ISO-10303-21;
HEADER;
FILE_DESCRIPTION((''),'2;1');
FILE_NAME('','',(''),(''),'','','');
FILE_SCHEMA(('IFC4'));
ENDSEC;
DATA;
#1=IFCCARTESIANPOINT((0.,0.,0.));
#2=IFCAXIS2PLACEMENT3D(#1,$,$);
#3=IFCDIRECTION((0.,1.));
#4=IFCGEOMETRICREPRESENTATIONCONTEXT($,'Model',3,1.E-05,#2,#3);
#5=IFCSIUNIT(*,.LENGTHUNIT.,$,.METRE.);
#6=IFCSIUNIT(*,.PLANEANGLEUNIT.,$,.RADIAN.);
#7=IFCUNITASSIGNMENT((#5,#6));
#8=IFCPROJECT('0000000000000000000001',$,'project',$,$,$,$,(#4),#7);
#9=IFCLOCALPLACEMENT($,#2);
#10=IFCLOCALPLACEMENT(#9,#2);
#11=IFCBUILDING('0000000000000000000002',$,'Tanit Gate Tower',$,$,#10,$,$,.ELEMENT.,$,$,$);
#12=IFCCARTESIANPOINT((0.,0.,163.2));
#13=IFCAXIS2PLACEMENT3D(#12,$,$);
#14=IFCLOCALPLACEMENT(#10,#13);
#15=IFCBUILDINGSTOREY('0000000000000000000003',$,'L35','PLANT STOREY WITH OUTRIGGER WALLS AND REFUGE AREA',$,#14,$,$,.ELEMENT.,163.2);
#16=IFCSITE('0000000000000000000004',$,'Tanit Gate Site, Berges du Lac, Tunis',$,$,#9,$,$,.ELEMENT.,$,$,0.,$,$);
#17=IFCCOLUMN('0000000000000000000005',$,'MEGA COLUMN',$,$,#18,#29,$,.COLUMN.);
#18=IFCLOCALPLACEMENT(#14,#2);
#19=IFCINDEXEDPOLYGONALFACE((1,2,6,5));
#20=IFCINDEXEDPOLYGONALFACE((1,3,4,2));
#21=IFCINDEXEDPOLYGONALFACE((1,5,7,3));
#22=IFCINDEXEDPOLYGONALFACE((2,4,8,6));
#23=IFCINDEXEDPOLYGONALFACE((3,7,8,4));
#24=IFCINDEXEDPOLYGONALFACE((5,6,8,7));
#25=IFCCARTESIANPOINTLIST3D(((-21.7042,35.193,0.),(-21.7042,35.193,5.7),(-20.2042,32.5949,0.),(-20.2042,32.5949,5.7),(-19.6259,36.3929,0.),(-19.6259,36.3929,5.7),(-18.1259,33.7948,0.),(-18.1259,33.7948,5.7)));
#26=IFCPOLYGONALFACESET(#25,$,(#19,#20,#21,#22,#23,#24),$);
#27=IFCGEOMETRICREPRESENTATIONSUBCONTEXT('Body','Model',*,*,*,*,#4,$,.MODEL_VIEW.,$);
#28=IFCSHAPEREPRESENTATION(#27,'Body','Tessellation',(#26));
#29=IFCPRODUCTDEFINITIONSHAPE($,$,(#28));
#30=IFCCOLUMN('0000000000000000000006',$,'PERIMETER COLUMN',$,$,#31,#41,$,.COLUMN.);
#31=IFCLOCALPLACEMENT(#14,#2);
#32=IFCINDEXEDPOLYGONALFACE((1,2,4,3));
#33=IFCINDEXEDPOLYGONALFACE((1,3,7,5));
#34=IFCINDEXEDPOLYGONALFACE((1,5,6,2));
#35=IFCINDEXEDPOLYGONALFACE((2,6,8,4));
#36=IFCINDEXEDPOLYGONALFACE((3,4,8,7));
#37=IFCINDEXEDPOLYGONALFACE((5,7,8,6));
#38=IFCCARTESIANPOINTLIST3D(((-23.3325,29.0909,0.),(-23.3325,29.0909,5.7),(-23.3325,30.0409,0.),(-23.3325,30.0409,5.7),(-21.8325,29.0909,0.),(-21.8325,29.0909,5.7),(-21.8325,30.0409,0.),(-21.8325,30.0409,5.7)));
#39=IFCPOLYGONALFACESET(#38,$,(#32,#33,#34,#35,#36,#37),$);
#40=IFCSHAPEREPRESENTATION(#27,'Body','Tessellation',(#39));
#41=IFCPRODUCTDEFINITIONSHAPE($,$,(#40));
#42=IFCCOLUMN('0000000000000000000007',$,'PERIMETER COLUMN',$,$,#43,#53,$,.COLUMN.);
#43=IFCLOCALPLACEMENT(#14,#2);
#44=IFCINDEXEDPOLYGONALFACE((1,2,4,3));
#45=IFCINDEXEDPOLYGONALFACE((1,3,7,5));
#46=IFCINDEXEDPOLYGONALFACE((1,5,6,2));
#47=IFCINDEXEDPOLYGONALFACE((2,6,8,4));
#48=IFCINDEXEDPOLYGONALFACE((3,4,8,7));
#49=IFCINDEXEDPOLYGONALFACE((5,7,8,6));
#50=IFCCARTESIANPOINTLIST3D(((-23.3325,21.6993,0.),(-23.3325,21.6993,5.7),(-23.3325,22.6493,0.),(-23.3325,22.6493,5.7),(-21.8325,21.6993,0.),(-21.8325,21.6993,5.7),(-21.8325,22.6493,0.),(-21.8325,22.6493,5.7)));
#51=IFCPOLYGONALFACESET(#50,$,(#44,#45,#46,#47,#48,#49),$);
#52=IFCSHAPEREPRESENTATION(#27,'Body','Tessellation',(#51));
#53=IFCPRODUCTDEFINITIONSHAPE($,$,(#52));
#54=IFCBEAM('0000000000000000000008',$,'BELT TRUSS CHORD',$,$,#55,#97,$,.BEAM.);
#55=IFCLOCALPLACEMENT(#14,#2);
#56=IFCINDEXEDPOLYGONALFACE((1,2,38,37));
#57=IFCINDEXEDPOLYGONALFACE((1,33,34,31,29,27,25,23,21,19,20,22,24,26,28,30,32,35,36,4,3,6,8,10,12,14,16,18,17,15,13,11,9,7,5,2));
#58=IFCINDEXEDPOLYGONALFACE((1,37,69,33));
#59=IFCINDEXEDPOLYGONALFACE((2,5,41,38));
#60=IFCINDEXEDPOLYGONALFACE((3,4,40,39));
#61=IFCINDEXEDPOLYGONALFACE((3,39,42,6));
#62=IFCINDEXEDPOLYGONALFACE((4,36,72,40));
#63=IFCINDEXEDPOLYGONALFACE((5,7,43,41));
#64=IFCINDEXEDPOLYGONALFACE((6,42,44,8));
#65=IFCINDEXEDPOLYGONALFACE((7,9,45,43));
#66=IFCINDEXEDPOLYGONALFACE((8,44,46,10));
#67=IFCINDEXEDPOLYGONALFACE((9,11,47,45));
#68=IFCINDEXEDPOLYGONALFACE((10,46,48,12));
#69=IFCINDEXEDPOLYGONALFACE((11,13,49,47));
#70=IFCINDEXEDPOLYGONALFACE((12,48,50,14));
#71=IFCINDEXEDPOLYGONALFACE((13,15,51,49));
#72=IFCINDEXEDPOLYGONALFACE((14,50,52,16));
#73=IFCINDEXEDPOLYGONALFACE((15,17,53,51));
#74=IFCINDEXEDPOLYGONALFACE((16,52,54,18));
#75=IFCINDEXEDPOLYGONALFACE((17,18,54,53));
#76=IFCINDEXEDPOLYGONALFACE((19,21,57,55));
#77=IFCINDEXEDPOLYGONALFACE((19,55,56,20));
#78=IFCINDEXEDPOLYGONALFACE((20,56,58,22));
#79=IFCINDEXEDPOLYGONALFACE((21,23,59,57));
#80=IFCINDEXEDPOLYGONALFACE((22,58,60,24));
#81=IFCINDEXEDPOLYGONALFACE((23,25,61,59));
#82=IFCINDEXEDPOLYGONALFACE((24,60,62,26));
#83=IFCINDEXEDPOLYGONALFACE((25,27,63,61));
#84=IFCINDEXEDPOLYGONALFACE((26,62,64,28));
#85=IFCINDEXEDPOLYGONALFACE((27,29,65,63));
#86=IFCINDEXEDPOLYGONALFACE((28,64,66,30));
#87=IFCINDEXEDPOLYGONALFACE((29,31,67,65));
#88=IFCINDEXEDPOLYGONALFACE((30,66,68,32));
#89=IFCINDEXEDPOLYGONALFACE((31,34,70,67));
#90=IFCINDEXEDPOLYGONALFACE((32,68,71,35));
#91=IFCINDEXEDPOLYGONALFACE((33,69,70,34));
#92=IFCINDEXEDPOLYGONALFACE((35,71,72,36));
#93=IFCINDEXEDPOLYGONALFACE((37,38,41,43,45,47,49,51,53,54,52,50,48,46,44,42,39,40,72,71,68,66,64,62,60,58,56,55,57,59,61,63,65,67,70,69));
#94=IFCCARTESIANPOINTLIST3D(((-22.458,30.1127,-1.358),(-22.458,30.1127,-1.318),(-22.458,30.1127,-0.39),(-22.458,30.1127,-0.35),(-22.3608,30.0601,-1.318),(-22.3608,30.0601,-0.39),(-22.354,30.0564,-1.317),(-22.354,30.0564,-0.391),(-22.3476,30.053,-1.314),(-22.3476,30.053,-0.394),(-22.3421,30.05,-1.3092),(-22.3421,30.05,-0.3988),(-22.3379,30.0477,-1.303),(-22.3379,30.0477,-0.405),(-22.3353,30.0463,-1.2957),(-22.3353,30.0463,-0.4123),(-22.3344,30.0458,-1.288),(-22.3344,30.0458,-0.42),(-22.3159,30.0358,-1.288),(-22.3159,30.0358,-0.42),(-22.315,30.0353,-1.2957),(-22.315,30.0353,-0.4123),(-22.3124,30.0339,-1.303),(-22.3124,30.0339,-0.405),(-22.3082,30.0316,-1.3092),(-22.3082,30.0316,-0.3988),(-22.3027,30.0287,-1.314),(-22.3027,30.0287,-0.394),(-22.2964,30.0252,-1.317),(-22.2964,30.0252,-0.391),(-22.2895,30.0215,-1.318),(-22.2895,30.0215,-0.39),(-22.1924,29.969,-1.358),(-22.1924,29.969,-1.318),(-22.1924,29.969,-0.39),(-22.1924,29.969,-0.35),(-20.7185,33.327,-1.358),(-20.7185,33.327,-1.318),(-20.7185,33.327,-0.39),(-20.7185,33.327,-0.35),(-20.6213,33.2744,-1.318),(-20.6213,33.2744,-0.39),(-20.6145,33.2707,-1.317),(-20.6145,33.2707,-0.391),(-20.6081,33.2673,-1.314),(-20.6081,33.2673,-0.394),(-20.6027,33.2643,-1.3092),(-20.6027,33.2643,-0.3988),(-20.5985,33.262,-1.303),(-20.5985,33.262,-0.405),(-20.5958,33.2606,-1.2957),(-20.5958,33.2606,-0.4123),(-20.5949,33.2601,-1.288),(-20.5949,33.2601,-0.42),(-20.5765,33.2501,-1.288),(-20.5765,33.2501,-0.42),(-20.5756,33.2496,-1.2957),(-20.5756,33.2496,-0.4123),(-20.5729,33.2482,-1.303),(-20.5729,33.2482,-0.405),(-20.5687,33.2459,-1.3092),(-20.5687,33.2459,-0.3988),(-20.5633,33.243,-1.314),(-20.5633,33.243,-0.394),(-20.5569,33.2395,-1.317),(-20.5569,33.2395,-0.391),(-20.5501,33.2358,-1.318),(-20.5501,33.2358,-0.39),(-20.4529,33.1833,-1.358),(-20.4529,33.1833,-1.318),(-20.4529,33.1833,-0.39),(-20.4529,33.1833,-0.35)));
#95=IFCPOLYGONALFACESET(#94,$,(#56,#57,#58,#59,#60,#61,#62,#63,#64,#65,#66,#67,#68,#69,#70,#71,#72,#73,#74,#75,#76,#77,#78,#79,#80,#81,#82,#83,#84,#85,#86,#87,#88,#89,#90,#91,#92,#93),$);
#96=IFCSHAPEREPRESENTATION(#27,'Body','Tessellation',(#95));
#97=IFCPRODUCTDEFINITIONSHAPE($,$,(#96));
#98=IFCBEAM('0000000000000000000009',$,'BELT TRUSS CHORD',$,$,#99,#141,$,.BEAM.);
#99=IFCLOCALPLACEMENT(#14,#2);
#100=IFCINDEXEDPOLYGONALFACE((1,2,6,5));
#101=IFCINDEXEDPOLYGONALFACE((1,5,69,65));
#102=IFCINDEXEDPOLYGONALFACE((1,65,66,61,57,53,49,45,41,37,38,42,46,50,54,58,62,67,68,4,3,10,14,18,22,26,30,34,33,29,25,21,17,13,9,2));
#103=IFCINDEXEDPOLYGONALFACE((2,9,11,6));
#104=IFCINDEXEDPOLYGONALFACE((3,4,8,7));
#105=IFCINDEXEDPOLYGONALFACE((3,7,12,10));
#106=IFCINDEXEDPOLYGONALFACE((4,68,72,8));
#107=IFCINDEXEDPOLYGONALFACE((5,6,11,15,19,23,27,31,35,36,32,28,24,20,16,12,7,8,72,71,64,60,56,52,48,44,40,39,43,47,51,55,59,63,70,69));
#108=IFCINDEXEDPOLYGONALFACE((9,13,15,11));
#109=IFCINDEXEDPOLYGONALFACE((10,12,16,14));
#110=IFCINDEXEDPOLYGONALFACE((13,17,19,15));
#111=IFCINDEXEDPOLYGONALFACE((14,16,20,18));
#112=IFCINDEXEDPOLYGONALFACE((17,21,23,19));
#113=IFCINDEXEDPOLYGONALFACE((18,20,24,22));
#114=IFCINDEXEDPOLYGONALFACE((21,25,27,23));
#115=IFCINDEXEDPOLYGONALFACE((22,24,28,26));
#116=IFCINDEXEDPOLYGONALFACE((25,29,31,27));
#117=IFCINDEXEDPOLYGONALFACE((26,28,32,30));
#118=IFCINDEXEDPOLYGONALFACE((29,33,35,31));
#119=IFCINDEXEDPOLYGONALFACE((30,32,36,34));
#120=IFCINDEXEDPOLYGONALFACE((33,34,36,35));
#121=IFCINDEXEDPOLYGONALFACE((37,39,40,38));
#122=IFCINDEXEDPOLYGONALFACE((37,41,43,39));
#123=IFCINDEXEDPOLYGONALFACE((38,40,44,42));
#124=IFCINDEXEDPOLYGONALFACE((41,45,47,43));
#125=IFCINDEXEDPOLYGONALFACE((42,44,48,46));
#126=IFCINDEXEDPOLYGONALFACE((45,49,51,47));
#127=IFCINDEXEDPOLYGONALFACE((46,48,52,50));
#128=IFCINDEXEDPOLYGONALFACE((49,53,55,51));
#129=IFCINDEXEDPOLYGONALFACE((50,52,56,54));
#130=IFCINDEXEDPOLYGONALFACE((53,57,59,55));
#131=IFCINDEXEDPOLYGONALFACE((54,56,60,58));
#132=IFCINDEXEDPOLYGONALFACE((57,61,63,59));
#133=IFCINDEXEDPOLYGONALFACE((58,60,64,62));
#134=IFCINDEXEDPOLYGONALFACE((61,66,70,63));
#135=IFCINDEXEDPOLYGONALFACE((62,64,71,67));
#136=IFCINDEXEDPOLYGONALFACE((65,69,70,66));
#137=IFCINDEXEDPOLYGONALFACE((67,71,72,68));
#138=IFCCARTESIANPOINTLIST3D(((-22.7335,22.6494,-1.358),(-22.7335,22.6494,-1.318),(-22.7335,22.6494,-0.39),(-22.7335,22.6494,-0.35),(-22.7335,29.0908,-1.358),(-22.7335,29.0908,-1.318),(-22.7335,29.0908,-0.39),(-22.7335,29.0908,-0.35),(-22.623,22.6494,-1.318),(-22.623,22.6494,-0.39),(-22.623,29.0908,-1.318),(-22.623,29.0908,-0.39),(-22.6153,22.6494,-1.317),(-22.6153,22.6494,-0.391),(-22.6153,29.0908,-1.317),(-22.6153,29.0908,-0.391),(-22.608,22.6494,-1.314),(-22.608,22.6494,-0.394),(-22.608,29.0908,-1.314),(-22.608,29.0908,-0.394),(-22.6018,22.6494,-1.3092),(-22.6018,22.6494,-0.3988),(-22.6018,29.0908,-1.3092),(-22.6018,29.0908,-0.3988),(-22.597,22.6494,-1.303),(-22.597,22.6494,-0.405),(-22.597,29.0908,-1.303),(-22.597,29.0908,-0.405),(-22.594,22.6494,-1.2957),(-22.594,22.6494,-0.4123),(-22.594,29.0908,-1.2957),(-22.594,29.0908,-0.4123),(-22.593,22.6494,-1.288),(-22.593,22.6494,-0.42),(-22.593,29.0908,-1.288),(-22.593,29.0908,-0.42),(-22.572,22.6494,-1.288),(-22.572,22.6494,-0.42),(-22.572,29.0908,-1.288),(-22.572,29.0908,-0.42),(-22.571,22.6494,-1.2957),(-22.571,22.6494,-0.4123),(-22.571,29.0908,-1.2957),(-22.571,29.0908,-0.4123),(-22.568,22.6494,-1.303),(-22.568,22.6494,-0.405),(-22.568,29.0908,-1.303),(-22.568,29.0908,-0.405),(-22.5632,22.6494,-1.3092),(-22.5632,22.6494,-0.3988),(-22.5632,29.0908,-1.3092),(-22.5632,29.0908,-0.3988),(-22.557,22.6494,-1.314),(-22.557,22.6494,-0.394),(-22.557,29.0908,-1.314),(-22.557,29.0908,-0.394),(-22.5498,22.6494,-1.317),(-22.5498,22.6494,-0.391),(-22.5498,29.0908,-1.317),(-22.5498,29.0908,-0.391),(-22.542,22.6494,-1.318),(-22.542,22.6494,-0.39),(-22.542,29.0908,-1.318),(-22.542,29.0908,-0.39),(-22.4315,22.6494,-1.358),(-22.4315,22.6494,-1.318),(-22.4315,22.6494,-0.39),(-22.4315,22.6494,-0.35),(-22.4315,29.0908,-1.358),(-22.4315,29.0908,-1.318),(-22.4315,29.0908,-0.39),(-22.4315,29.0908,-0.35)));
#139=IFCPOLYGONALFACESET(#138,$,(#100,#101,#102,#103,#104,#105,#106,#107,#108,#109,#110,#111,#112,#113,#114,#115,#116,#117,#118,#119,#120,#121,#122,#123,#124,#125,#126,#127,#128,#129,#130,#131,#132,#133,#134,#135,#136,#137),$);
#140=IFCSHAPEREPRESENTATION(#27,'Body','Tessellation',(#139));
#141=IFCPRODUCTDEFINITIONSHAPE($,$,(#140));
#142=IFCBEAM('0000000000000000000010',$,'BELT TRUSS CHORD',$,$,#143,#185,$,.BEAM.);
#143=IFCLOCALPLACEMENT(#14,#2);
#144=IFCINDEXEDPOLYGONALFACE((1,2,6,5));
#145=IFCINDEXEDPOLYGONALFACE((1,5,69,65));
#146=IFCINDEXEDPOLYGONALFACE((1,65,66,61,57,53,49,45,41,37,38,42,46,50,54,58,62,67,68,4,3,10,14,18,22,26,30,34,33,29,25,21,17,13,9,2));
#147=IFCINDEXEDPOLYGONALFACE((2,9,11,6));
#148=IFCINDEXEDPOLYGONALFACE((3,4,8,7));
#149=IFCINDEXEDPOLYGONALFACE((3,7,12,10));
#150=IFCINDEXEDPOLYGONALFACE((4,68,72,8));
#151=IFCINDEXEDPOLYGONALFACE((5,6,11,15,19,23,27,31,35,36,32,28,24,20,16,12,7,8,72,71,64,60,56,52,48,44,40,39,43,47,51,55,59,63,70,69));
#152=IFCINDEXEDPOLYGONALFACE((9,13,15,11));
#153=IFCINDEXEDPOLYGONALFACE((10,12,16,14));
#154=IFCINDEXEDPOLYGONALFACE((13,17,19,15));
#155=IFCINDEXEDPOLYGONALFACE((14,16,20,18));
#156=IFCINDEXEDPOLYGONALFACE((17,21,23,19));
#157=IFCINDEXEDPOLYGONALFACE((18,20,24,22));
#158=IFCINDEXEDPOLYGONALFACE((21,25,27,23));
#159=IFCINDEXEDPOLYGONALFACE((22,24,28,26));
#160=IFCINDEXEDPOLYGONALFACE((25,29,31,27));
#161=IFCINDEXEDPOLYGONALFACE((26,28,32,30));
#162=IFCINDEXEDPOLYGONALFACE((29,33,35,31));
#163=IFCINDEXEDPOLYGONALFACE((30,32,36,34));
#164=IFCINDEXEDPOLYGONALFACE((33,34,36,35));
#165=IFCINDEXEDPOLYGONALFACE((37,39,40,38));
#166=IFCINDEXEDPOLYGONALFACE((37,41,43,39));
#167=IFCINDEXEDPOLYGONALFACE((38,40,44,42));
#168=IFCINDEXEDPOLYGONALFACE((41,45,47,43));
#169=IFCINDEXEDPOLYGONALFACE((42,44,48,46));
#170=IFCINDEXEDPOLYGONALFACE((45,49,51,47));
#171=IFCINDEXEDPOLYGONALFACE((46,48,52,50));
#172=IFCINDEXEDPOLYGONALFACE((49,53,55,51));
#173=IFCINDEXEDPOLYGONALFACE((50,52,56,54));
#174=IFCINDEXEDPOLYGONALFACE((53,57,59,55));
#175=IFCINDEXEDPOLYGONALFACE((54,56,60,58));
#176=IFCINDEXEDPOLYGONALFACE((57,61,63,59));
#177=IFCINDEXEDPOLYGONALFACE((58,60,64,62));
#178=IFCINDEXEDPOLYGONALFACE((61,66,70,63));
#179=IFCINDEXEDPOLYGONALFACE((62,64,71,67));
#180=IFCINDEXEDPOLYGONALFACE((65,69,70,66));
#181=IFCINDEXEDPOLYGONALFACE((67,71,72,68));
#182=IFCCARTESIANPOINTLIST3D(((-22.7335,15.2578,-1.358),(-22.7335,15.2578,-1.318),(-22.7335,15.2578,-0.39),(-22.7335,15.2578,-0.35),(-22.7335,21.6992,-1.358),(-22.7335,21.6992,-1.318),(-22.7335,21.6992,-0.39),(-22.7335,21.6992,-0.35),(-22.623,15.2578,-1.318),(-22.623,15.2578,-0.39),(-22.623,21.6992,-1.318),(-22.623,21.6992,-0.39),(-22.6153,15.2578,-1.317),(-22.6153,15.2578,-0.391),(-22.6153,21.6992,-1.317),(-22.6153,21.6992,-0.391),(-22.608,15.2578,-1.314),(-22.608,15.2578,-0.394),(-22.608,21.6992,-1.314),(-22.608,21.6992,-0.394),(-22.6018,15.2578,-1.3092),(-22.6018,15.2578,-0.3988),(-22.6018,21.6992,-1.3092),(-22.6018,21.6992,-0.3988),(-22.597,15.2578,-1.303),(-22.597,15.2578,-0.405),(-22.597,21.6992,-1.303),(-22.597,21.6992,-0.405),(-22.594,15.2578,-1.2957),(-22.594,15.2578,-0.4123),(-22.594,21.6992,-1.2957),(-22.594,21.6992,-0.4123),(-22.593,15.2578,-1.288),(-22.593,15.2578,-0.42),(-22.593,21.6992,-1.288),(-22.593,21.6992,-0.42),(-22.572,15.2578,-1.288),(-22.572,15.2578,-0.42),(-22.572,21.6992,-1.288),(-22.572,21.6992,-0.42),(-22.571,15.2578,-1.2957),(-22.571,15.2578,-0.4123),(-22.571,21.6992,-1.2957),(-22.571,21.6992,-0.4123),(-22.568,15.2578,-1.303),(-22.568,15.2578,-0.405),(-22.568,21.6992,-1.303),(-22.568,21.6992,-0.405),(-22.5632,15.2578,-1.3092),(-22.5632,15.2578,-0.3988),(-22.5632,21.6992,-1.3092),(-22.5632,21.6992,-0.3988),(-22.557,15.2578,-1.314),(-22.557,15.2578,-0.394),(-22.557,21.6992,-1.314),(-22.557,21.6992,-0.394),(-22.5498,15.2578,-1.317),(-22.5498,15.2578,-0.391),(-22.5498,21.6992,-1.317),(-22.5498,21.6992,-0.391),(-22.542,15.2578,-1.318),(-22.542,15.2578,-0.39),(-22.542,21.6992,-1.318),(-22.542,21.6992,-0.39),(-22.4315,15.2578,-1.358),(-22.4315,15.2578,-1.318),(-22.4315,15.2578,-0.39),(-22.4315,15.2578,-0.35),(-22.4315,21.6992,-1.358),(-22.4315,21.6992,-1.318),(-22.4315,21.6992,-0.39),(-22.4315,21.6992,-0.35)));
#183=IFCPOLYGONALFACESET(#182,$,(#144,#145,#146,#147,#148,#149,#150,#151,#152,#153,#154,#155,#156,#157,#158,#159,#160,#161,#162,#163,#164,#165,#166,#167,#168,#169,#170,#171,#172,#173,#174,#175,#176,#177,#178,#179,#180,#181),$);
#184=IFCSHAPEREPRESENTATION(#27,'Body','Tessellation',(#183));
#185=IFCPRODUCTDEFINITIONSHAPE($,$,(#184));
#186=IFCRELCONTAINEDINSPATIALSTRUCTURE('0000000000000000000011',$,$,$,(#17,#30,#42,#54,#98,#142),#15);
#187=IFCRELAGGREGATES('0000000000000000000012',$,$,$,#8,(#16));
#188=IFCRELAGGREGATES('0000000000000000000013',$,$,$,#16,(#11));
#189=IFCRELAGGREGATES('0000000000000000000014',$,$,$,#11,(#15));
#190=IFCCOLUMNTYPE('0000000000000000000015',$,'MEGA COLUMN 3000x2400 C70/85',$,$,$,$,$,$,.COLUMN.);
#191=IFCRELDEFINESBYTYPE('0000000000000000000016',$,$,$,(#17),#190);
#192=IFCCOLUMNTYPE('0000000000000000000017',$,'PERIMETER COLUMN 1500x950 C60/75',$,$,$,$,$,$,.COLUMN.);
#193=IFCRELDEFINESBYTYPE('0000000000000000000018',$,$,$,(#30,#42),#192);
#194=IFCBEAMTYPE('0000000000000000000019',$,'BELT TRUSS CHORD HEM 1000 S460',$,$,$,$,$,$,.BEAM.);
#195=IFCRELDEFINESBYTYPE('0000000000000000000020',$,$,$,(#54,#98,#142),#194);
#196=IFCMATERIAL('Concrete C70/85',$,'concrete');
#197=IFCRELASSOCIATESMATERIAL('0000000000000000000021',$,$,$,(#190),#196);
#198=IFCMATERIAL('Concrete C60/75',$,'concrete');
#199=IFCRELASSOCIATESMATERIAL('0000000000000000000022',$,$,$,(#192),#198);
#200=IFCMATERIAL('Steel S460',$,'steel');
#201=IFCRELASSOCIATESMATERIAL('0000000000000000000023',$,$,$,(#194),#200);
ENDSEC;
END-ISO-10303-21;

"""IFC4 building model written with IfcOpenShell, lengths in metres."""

from ifc_helpers import new_model, si_unit, direction, frame, origin, origin_2d, place, context, subcontext, project, spatial, rectangle, i_section, extrude, material, material_profile, profile_set, type_object, element, save


model = new_model("IFC4")

# Units and contexts
model_context = context("Model", 3, precision=1e-05, world=origin(), true_north=direction((0.0, 1.0)))
body_context = subcontext(model_context, "Body", "Model", "MODEL_VIEW")
ifc_project = project(units=[si_unit("LENGTHUNIT", "METRE"), si_unit("PLANEANGLEUNIT", "RADIAN")], contexts=[model_context])

# Site, building, storey
site_placement = place(None, origin())
site = spatial("IfcSite", under=ifc_project, at=site_placement, Name="Tanit Gate Site, Berges du Lac, Tunis", CompositionType="ELEMENT", RefElevation=0.0)
building_placement = place(site_placement, origin())
building = spatial("IfcBuilding", under=site, at=building_placement, Name="Tanit Gate Tower", CompositionType="ELEMENT")
storey_placement = place(building_placement, frame((0.0, 0.0, 163.2)))
storey = spatial("IfcBuildingStorey", under=building, at=storey_placement, Name="L35", Description="PLANT STOREY WITH OUTRIGGER WALLS AND REFUGE AREA", CompositionType="ELEMENT", Elevation=163.2)

# Columns
ifc_material_1 = material(Name="Concrete C70/85", Category="concrete")
ifc_material_profile_1 = material_profile(ifc_material_1, rectangle(XDim=3.0, YDim=2.3999, at=origin_2d()), Name="RC 3000x2400")
ifc_profile_set_1 = profile_set([ifc_material_profile_1], Name="Concrete C70/85")
column_type_1 = type_object("IfcColumnType", Name="MEGA COLUMN 3000x2400 C70/85", PredefinedType="COLUMN", material=ifc_profile_set_1)
column_placement = place(storey_placement, frame((-19.915, 34.4939, 0.0), z_axis=(0.0, 0.0, 1.0), x_axis=(-0.5, 0.866025, 0.0)))
element("IfcColumn", 1, at=column_placement, inside=storey, type_object=column_type_1, Name="MEGA COLUMN", PredefinedType="COLUMN", context=body_context, shape_type="SweptSolid", body=[
    extrude(rectangle(XDim=3.0, YDim=2.3999, at=origin_2d()), origin(), (0.0, 0.0, 1.0), 5.7),
])
ifc_material_2 = material(Name="Concrete C60/75", Category="concrete")
ifc_material_profile_2 = material_profile(ifc_material_2, rectangle(XDim=1.5, YDim=0.95, at=origin_2d()), Name="RC 1500x950")
ifc_profile_set_2 = profile_set([ifc_material_profile_2], Name="Concrete C60/75")
column_type_2 = type_object("IfcColumnType", Name="PERIMETER COLUMN 1500x950 C60/75", PredefinedType="COLUMN", material=ifc_profile_set_2)
for number, where, z_axis, x_axis, name in (
    (2, (-22.5825, 29.5659, 0.0), (0.0, 0.0, 1.0), (-1.0, 0.0, 0.0), "PERIMETER COLUMN"),
    (3, (-22.5825, 22.1743, 0.0), (0.0, 0.0, 1.0), (-1.0, 0.0, 0.0), "PERIMETER COLUMN"),
):
    element("IfcColumn", number, at=place(storey_placement, frame(where, z_axis=z_axis, x_axis=x_axis)), inside=storey, type_object=column_type_2, Name=name, PredefinedType="COLUMN", context=body_context, shape_type="SweptSolid", body=[
        extrude(rectangle(XDim=1.5, YDim=0.95, at=origin_2d()), origin(), (0.0, 0.0, 1.0), 5.7),
    ])

# Beams
ifc_material_3 = material(Name="Steel S460", Category="steel")
ifc_material_profile_3 = material_profile(ifc_material_3, i_section(OverallWidth=0.302, OverallDepth=1.0081, WebThickness=0.021, FlangeThickness=0.04, FilletRadius=0.03, at=origin_2d()), Name="HEM 1000")
ifc_profile_set_3 = profile_set([ifc_material_profile_3], Name="Steel S460")
beam_type_1 = type_object("IfcBeamType", Name="BELT TRUSS CHORD HEM 1000 S460", PredefinedType="BEAM", material=ifc_profile_set_3)
beam_1_placement = place(storey_placement, frame((-20.5857, 33.2551, -0.854), z_axis=(-0.475943, -0.879476, 0.0), x_axis=(0.879476, -0.475943, 0.0)))
element("IfcBeam", 4, at=beam_1_placement, inside=storey, type_object=beam_type_1, Name="BELT TRUSS CHORD", PredefinedType="BEAM", context=body_context, shape_type="SweptSolid", body=[
    extrude(i_section(OverallWidth=0.302, OverallDepth=1.0081, WebThickness=0.021, FlangeThickness=0.04, FilletRadius=0.03, at=origin_2d()), origin(), (0.0, 0.0, 1.0), 3.6548),
])
for number, where, z_axis, x_axis, name in (
    (5, (-22.5825, 29.0908, -0.854), (0.0, -1.0, 0.0), (1.0, 0.0, 0.0), "BELT TRUSS CHORD"),
    (6, (-22.5825, 21.6992, -0.854), (0.0, -1.0, 0.0), (1.0, 0.0, 0.0), "BELT TRUSS CHORD"),
):
    element("IfcBeam", number, at=place(storey_placement, frame(where, z_axis=z_axis, x_axis=x_axis)), inside=storey, type_object=beam_type_1, Name=name, PredefinedType="BEAM", context=body_context, shape_type="SweptSolid", body=[
        extrude(i_section(OverallWidth=0.302, OverallDepth=1.0081, WebThickness=0.021, FlangeThickness=0.04, FilletRadius=0.03, at=origin_2d()), origin(), (0.0, 0.0, 1.0), 6.4414),
    ])

save(model, "model.ifc")
